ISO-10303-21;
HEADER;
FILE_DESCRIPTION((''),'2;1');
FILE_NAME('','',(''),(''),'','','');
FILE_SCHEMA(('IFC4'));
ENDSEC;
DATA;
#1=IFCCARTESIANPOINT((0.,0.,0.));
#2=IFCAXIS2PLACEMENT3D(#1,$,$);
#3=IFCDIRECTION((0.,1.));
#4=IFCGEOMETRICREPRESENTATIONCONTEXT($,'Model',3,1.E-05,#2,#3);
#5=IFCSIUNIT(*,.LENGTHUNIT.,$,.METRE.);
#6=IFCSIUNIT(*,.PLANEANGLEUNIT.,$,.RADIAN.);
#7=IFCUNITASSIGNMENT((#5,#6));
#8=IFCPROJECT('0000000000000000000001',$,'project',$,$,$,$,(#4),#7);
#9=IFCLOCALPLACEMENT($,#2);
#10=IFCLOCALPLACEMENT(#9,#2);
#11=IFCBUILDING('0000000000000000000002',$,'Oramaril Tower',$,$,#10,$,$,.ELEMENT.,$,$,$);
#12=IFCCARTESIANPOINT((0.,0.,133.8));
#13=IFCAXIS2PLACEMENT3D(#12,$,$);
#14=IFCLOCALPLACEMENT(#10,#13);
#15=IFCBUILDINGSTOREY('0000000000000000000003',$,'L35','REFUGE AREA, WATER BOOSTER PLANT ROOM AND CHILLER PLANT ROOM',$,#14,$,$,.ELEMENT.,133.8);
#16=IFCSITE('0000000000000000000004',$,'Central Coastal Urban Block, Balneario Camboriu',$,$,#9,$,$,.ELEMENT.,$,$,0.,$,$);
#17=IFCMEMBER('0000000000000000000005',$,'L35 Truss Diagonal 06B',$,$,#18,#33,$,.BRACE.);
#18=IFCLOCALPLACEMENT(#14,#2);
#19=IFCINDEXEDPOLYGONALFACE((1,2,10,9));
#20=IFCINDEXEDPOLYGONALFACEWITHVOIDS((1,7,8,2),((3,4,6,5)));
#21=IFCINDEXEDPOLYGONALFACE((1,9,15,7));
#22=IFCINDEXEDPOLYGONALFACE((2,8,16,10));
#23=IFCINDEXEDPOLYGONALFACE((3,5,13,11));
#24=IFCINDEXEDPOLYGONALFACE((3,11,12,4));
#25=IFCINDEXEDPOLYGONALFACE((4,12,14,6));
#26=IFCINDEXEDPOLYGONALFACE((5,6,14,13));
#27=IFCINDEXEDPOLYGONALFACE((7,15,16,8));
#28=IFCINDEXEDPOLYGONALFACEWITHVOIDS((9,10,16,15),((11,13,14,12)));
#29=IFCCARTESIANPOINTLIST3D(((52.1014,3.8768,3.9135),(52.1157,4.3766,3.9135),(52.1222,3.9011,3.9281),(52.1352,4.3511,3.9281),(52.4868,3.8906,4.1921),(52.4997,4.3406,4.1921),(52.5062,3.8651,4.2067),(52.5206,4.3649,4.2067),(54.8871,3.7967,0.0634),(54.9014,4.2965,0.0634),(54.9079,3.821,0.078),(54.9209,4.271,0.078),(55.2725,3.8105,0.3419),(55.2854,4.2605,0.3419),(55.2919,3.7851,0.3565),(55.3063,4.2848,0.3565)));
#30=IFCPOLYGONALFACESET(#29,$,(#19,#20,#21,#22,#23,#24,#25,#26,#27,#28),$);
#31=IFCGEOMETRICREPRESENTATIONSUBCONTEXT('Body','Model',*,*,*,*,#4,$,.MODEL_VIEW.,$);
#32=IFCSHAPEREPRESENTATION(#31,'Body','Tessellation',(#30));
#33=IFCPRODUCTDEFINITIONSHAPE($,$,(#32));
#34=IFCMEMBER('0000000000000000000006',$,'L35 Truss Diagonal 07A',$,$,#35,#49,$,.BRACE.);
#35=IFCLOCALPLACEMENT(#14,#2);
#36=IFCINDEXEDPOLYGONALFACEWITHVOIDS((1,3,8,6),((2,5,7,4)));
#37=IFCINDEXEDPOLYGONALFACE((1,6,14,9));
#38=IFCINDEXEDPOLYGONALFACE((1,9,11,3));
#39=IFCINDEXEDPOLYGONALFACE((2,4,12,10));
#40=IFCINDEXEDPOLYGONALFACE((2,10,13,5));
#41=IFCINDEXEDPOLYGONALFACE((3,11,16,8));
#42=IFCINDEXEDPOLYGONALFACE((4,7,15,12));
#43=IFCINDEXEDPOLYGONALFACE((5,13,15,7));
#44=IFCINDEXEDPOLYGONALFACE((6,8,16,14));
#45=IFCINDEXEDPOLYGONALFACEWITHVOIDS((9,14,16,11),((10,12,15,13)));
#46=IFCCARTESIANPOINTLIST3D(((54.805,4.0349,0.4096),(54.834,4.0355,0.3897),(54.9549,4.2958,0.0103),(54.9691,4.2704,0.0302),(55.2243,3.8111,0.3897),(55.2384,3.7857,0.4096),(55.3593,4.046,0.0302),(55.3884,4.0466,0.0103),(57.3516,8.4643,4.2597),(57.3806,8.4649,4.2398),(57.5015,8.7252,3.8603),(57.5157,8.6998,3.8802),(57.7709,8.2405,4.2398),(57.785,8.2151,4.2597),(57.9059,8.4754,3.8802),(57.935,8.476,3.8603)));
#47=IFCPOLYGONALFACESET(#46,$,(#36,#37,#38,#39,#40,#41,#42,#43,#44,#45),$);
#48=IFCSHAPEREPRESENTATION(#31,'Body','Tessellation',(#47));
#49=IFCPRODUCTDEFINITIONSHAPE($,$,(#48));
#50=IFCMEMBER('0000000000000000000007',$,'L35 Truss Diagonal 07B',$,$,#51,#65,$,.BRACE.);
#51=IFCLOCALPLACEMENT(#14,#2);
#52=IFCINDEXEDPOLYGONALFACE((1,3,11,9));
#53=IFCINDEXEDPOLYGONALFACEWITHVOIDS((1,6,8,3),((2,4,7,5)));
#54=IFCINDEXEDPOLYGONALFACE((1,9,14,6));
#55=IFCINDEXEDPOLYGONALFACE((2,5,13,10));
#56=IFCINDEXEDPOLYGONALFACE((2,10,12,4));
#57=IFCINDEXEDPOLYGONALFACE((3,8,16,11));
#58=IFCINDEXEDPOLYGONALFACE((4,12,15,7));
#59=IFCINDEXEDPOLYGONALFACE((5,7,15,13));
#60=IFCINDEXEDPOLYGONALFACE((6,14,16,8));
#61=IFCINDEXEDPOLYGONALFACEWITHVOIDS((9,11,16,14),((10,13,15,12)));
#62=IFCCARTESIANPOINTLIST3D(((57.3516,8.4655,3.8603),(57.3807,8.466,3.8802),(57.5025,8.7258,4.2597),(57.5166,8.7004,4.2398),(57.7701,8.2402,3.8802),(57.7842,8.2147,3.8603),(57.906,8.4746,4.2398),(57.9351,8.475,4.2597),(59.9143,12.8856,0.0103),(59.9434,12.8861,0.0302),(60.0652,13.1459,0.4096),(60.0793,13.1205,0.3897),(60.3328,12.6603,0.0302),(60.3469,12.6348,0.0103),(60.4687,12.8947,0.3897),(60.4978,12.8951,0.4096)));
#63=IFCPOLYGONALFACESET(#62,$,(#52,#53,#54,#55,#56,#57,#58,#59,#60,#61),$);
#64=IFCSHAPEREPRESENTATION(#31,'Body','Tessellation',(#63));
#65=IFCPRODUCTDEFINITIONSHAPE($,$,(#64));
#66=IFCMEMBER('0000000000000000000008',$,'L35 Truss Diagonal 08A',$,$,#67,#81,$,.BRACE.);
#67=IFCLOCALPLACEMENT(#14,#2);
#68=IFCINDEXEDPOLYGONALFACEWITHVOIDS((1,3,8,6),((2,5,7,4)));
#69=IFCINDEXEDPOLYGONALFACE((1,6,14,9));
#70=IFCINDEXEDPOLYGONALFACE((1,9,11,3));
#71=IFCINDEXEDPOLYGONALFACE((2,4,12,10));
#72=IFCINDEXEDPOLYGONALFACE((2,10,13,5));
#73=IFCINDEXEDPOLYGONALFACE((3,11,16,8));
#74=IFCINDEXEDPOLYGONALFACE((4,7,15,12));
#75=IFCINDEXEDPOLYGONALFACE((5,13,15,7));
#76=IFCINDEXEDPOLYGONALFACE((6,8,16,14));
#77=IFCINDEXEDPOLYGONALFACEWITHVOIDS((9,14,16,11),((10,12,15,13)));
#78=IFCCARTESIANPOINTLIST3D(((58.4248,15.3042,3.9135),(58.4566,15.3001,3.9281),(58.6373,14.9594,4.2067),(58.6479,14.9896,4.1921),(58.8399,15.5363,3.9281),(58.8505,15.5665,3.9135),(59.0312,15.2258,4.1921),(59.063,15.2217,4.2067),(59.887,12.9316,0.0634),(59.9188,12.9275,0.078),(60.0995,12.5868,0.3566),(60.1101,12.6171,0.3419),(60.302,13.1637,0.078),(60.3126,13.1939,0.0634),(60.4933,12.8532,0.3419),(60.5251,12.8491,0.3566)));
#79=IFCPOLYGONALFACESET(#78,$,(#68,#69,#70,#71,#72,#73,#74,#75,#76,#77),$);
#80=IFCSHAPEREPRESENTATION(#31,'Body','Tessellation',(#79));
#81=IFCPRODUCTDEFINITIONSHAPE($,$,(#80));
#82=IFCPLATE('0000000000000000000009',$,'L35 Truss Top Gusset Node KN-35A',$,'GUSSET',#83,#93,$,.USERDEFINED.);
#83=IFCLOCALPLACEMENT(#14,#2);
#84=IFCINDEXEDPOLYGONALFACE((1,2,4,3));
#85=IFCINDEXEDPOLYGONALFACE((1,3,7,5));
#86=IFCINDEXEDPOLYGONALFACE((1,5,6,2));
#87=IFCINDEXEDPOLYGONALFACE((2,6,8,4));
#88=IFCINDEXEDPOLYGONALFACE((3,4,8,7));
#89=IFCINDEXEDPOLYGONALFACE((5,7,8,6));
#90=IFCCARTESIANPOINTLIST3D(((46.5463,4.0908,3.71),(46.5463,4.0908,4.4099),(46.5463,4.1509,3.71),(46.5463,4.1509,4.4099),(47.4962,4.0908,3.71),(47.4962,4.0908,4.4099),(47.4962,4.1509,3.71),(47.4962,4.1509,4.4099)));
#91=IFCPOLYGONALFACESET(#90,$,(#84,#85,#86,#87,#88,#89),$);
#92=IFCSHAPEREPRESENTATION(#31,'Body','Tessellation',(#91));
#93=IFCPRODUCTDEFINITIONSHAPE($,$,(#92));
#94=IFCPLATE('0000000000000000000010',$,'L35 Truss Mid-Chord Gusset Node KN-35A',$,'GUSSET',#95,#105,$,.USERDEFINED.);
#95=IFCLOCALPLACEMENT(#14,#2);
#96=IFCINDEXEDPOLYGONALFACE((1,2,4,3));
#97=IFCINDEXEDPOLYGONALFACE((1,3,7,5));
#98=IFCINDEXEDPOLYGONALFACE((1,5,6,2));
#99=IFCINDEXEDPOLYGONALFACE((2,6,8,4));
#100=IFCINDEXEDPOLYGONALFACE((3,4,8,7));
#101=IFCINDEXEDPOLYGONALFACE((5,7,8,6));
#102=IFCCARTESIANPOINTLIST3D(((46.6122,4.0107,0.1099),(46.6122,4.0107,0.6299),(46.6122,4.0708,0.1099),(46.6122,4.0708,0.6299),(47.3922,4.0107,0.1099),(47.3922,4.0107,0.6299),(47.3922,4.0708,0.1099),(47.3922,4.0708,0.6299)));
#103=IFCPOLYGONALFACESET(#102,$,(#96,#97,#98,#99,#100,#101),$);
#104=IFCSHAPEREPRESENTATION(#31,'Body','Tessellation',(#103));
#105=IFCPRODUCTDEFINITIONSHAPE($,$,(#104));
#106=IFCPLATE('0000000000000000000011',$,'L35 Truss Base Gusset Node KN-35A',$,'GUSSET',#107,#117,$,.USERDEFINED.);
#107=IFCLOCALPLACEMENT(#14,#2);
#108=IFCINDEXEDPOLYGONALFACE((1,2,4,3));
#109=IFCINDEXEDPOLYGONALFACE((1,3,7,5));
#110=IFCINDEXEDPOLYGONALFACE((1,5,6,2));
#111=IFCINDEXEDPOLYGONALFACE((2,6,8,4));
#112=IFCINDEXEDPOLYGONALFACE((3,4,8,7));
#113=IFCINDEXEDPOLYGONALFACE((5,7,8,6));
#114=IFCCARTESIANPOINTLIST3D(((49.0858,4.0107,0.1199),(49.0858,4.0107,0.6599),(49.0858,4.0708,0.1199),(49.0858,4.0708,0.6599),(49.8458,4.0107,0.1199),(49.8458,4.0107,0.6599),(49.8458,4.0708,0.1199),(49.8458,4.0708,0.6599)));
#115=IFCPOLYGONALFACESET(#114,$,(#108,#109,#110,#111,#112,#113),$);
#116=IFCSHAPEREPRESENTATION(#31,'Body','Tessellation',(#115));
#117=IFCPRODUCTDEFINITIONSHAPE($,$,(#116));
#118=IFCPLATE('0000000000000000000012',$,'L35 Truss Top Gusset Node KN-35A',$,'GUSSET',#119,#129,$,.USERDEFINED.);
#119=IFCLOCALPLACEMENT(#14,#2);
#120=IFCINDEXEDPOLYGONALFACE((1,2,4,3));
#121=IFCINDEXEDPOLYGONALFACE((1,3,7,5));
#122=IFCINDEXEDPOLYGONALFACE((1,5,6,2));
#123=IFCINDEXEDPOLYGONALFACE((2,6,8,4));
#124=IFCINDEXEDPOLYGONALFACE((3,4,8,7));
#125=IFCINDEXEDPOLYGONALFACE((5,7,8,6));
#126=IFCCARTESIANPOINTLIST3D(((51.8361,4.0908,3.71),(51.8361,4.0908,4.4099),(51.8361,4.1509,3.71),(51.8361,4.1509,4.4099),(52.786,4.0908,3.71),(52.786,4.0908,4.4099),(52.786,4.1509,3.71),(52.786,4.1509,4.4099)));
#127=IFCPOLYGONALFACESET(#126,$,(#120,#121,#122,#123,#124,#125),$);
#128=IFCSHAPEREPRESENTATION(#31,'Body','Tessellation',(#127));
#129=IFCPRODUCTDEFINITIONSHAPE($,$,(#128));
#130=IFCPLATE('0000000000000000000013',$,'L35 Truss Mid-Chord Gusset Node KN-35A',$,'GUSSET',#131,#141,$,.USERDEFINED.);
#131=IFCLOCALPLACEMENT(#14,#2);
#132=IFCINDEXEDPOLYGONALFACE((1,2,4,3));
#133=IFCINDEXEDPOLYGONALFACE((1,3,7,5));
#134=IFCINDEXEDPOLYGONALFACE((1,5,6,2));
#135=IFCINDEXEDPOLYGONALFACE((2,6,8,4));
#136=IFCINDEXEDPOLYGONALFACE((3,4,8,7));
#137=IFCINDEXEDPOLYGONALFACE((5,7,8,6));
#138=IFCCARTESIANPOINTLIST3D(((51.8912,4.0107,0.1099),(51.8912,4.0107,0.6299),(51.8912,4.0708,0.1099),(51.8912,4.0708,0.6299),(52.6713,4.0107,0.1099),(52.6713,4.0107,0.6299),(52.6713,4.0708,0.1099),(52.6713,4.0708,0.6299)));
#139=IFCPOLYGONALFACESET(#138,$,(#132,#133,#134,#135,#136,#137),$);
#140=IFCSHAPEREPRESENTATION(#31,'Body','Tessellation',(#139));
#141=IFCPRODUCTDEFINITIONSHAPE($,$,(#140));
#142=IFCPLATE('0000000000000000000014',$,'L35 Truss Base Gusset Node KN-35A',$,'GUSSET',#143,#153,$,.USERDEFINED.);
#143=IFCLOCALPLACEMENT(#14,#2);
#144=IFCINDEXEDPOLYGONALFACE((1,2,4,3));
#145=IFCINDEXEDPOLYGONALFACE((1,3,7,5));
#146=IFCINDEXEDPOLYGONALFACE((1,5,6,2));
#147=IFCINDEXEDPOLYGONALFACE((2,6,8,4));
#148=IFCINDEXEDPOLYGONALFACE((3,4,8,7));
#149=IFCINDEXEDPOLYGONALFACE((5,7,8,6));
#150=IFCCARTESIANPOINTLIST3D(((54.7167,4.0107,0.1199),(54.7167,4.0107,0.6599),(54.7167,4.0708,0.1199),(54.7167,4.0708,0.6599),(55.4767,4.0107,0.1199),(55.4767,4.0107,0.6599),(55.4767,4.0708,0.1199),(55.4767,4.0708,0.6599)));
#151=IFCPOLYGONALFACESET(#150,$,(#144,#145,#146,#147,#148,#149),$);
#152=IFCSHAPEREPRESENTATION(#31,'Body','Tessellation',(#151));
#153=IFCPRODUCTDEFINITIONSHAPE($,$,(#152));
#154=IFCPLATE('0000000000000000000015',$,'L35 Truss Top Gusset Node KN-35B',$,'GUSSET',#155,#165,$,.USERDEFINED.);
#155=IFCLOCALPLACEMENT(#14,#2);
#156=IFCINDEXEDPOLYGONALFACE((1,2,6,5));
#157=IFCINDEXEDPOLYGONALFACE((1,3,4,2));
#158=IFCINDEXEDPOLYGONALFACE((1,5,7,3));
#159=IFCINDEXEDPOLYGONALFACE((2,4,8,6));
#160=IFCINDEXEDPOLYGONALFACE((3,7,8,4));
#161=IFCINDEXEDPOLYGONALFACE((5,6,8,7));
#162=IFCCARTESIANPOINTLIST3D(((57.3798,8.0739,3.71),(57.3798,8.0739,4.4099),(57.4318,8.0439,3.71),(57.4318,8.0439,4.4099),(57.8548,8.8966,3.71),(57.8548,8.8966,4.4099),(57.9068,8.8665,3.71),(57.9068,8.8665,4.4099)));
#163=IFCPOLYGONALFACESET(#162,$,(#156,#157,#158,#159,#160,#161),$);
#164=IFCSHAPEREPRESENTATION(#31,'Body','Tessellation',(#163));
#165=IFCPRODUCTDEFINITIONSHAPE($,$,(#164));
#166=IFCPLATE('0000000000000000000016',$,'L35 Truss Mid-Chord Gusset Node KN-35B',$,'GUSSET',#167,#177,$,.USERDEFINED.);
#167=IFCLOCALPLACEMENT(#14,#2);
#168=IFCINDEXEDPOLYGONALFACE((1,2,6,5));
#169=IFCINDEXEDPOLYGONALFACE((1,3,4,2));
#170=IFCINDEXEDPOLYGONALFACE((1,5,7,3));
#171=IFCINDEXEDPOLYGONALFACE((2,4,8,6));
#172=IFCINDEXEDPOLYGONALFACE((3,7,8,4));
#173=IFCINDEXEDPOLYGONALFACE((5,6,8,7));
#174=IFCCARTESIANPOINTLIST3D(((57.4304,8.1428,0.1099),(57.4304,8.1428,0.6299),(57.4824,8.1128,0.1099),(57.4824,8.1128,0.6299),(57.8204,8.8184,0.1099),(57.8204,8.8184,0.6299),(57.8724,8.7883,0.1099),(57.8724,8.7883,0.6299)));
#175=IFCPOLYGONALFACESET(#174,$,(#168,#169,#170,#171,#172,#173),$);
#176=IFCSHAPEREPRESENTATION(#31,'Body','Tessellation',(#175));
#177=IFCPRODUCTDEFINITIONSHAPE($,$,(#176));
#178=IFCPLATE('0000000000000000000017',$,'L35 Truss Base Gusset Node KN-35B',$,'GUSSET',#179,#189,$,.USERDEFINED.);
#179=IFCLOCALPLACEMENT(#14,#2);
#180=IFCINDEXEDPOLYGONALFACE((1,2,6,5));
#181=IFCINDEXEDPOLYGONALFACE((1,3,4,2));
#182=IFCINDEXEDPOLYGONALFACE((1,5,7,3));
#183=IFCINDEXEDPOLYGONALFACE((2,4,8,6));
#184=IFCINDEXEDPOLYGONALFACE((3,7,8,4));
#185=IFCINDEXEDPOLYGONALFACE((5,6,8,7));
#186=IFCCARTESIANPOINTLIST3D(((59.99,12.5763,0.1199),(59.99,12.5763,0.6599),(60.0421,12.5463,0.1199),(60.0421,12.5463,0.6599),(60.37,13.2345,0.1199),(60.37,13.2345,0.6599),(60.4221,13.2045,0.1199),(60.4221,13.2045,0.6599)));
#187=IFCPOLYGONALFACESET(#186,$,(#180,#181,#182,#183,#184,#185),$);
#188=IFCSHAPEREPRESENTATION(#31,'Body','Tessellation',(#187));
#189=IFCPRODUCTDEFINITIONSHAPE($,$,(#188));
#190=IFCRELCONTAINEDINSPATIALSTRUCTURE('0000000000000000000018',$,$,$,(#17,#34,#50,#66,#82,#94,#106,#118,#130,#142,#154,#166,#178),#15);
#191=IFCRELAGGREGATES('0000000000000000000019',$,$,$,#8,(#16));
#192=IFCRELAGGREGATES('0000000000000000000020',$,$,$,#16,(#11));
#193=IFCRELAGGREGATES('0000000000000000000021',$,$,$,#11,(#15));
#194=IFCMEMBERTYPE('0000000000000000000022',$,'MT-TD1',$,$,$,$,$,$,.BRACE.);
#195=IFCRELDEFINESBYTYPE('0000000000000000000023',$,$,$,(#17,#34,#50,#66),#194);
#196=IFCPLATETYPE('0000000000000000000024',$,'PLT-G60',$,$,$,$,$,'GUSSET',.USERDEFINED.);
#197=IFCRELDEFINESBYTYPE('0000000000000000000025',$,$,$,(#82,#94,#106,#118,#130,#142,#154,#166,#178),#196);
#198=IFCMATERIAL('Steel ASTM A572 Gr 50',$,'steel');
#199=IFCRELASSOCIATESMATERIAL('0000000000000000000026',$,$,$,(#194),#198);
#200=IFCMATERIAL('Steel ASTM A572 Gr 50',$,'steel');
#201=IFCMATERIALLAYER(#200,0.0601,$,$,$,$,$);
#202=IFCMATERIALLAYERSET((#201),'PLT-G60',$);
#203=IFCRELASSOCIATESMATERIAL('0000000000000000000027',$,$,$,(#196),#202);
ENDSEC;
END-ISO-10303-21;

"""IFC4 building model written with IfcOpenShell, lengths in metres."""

from ifc_helpers import new_model, si_unit, direction, frame, origin, origin_2d, place, context, subcontext, project, spatial, rectangle, hollow_rectangle, extrude, material, layer, layer_set, material_profile, profile_set, type_object, element, save


model = new_model("IFC4")

# Units and contexts
model_context = context("Model", 3, precision=1e-05, world=origin(), true_north=direction((0.0, 1.0)))
body_context = subcontext(model_context, "Body", "Model", "MODEL_VIEW")
ifc_project = project(units=[si_unit("LENGTHUNIT", "METRE"), si_unit("PLANEANGLEUNIT", "RADIAN")], contexts=[model_context])

# Site, building, storey
site_placement = place(None, origin())
site = spatial("IfcSite", under=ifc_project, at=site_placement, Name="Central Coastal Urban Block, Balneario Camboriu", CompositionType="ELEMENT", RefElevation=0.0)
building_placement = place(site_placement, origin())
building = spatial("IfcBuilding", under=site, at=building_placement, Name="Oramaril Tower", CompositionType="ELEMENT")
storey_placement = place(building_placement, frame((0.0, 0.0, 133.8)))
storey = spatial("IfcBuildingStorey", under=building, at=storey_placement, Name="L35", Description="REFUGE AREA, WATER BOOSTER PLANT ROOM AND CHILLER PLANT ROOM", CompositionType="ELEMENT", Elevation=133.8)

# Members
ifc_material_1 = material(Name="Steel ASTM A572 Gr 50", Category="steel")
ifc_material_profile_1 = material_profile(ifc_material_1, hollow_rectangle(XDim=0.5, YDim=0.5, WallThickness=0.0249, at=origin_2d()), Name="HSS500X500X25")
ifc_profile_set_1 = profile_set([ifc_material_profile_1], Name="Steel ASTM A572 Gr 50")
member_type_1 = type_object("IfcMemberType", Name="MT-TD1", PredefinedType="BRACE", material=ifc_profile_set_1)
member_1_placement = place(storey_placement, frame((55.0967, 4.0408, 0.21), z_axis=(-0.586101, 0.016848, 0.810063), x_axis=(-0.028735, -0.999587, 0.0)))
element("IfcMember", 1, at=member_1_placement, inside=storey, type_object=member_type_1, Name="L35 Truss Diagonal 06B", PredefinedType="BRACE", context=body_context, shape_type="SweptSolid", body=[
    extrude(hollow_rectangle(XDim=0.5, YDim=0.5, WallThickness=0.0249, at=origin_2d()), origin(), (0.0, 0.0, 1.0), 4.7529),
])
for number, where, z_axis, x_axis, name in (
    (2, (55.0967, 4.0408, 0.21), (0.398064, 0.692366, 0.601809), (-0.866932, 0.498427, 0.0), "L35 Truss Diagonal 07A"),
    (3, (60.2061, 12.8904, 0.21), (-0.400581, -0.690914, 0.601807), (0.865112, -0.501579, 0.0), "L35 Truss Diagonal 07B"),
):
    element("IfcMember", number, at=place(storey_placement, frame(where, z_axis=z_axis, x_axis=x_axis)), inside=storey, type_object=member_type_1, Name=name, PredefinedType="BRACE", context=body_context, shape_type="SweptSolid", body=[
        extrude(hollow_rectangle(XDim=0.5, YDim=0.5, WallThickness=0.0249, at=origin_2d()), origin(), (0.0, 0.0, 1.0), 6.3975),
    ])
member_2_placement = place(storey_placement, frame((60.2061, 12.8904, 0.21), z_axis=(-0.307634, 0.49918, 0.81005), x_axis=(-0.851318, -0.52465, 0.0)))
element("IfcMember", 4, at=member_2_placement, inside=storey, type_object=member_type_1, Name="L35 Truss Diagonal 08A", PredefinedType="BRACE", context=body_context, shape_type="SweptSolid", body=[
    extrude(hollow_rectangle(XDim=0.5, YDim=0.5, WallThickness=0.0249, at=origin_2d()), origin(), (0.0, 0.0, 1.0), 4.7529),
])

# Plates
ifc_material_2 = material(Name="Steel ASTM A572 Gr 50", Category="steel")
ifc_layer_1 = layer(ifc_material_2, 0.0601)
ifc_layer_set_1 = layer_set([ifc_layer_1], Name="PLT-G60")
plate_type = type_object("IfcPlateType", Name="PLT-G60", ElementType="GUSSET", PredefinedType="USERDEFINED", material=ifc_layer_set_1)
plate_1_placement = place(storey_placement, frame((47.0212, 4.1208, 3.71), z_axis=(0.0, 0.0, 1.0), x_axis=(1.0, 0.0, 0.0)))
element("IfcPlate", 5, at=plate_1_placement, inside=storey, type_object=plate_type, Name="L35 Truss Top Gusset Node KN-35A", ObjectType="GUSSET", PredefinedType="USERDEFINED", context=body_context, shape_type="SweptSolid", body=[
    extrude(rectangle(XDim=0.95, YDim=0.0601, at=origin_2d()), origin(), (0.0, 0.0, 1.0), 0.7),
])
plate_2_placement = place(storey_placement, frame((47.0022, 4.0408, 0.1099), z_axis=(0.0, 0.0, 1.0), x_axis=(1.0, 0.0, 0.0)))
element("IfcPlate", 6, at=plate_2_placement, inside=storey, type_object=plate_type, Name="L35 Truss Mid-Chord Gusset Node KN-35A", ObjectType="GUSSET", PredefinedType="USERDEFINED", context=body_context, shape_type="SweptSolid", body=[
    extrude(rectangle(XDim=0.78, YDim=0.0601, at=origin_2d()), origin(), (0.0, 0.0, 1.0), 0.52),
])
plate_3_placement = place(storey_placement, frame((49.4658, 4.0408, 0.1199), z_axis=(0.0, 0.0, 1.0), x_axis=(1.0, 0.0, 0.0)))
element("IfcPlate", 7, at=plate_3_placement, inside=storey, type_object=plate_type, Name="L35 Truss Base Gusset Node KN-35A", ObjectType="GUSSET", PredefinedType="USERDEFINED", context=body_context, shape_type="SweptSolid", body=[
    extrude(rectangle(XDim=0.76, YDim=0.0601, at=origin_2d()), origin(), (0.0, 0.0, 1.0), 0.54),
])
plate_4_placement = place(storey_placement, frame((52.311, 4.1208, 3.71), z_axis=(0.0, 0.0, 1.0), x_axis=(1.0, 0.0, 0.0)))
element("IfcPlate", 8, at=plate_4_placement, inside=storey, type_object=plate_type, Name="L35 Truss Top Gusset Node KN-35A", ObjectType="GUSSET", PredefinedType="USERDEFINED", context=body_context, shape_type="SweptSolid", body=[
    extrude(rectangle(XDim=0.95, YDim=0.0601, at=origin_2d()), origin(), (0.0, 0.0, 1.0), 0.7),
])
plate_5_placement = place(storey_placement, frame((52.2812, 4.0408, 0.1099), z_axis=(0.0, 0.0, 1.0), x_axis=(1.0, 0.0, 0.0)))
element("IfcPlate", 9, at=plate_5_placement, inside=storey, type_object=plate_type, Name="L35 Truss Mid-Chord Gusset Node KN-35A", ObjectType="GUSSET", PredefinedType="USERDEFINED", context=body_context, shape_type="SweptSolid", body=[
    extrude(rectangle(XDim=0.78, YDim=0.0601, at=origin_2d()), origin(), (0.0, 0.0, 1.0), 0.52),
])
plate_6_placement = place(storey_placement, frame((55.0967, 4.0408, 0.1199), z_axis=(0.0, 0.0, 1.0), x_axis=(1.0, 0.0, 0.0)))
element("IfcPlate", 10, at=plate_6_placement, inside=storey, type_object=plate_type, Name="L35 Truss Base Gusset Node KN-35A", ObjectType="GUSSET", PredefinedType="USERDEFINED", context=body_context, shape_type="SweptSolid", body=[
    extrude(rectangle(XDim=0.76, YDim=0.0601, at=origin_2d()), origin(), (0.0, 0.0, 1.0), 0.54),
])
plate_7_placement = place(storey_placement, frame((57.6433, 8.4702, 3.71), z_axis=(0.0, 0.0, 1.0), x_axis=(0.499997, 0.866027, 0.0)))
element("IfcPlate", 11, at=plate_7_placement, inside=storey, type_object=plate_type, Name="L35 Truss Top Gusset Node KN-35B", ObjectType="GUSSET", PredefinedType="USERDEFINED", context=body_context, shape_type="SweptSolid", body=[
    extrude(rectangle(XDim=0.95, YDim=0.0601, at=origin_2d()), origin(), (0.0, 0.0, 1.0), 0.7),
])
plate_8_placement = place(storey_placement, frame((57.6514, 8.4656, 0.1099), z_axis=(0.0, 0.0, 1.0), x_axis=(0.499997, 0.866027, 0.0)))
element("IfcPlate", 12, at=plate_8_placement, inside=storey, type_object=plate_type, Name="L35 Truss Mid-Chord Gusset Node KN-35B", ObjectType="GUSSET", PredefinedType="USERDEFINED", context=body_context, shape_type="SweptSolid", body=[
    extrude(rectangle(XDim=0.78, YDim=0.0601, at=origin_2d()), origin(), (0.0, 0.0, 1.0), 0.52),
])
plate_9_placement = place(storey_placement, frame((60.2061, 12.8904, 0.1199), z_axis=(0.0, 0.0, 1.0), x_axis=(0.499997, 0.866027, 0.0)))
element("IfcPlate", 13, at=plate_9_placement, inside=storey, type_object=plate_type, Name="L35 Truss Base Gusset Node KN-35B", ObjectType="GUSSET", PredefinedType="USERDEFINED", context=body_context, shape_type="SweptSolid", body=[
    extrude(rectangle(XDim=0.76, YDim=0.0601, at=origin_2d()), origin(), (0.0, 0.0, 1.0), 0.54),
])

save(model, "model.ifc")
